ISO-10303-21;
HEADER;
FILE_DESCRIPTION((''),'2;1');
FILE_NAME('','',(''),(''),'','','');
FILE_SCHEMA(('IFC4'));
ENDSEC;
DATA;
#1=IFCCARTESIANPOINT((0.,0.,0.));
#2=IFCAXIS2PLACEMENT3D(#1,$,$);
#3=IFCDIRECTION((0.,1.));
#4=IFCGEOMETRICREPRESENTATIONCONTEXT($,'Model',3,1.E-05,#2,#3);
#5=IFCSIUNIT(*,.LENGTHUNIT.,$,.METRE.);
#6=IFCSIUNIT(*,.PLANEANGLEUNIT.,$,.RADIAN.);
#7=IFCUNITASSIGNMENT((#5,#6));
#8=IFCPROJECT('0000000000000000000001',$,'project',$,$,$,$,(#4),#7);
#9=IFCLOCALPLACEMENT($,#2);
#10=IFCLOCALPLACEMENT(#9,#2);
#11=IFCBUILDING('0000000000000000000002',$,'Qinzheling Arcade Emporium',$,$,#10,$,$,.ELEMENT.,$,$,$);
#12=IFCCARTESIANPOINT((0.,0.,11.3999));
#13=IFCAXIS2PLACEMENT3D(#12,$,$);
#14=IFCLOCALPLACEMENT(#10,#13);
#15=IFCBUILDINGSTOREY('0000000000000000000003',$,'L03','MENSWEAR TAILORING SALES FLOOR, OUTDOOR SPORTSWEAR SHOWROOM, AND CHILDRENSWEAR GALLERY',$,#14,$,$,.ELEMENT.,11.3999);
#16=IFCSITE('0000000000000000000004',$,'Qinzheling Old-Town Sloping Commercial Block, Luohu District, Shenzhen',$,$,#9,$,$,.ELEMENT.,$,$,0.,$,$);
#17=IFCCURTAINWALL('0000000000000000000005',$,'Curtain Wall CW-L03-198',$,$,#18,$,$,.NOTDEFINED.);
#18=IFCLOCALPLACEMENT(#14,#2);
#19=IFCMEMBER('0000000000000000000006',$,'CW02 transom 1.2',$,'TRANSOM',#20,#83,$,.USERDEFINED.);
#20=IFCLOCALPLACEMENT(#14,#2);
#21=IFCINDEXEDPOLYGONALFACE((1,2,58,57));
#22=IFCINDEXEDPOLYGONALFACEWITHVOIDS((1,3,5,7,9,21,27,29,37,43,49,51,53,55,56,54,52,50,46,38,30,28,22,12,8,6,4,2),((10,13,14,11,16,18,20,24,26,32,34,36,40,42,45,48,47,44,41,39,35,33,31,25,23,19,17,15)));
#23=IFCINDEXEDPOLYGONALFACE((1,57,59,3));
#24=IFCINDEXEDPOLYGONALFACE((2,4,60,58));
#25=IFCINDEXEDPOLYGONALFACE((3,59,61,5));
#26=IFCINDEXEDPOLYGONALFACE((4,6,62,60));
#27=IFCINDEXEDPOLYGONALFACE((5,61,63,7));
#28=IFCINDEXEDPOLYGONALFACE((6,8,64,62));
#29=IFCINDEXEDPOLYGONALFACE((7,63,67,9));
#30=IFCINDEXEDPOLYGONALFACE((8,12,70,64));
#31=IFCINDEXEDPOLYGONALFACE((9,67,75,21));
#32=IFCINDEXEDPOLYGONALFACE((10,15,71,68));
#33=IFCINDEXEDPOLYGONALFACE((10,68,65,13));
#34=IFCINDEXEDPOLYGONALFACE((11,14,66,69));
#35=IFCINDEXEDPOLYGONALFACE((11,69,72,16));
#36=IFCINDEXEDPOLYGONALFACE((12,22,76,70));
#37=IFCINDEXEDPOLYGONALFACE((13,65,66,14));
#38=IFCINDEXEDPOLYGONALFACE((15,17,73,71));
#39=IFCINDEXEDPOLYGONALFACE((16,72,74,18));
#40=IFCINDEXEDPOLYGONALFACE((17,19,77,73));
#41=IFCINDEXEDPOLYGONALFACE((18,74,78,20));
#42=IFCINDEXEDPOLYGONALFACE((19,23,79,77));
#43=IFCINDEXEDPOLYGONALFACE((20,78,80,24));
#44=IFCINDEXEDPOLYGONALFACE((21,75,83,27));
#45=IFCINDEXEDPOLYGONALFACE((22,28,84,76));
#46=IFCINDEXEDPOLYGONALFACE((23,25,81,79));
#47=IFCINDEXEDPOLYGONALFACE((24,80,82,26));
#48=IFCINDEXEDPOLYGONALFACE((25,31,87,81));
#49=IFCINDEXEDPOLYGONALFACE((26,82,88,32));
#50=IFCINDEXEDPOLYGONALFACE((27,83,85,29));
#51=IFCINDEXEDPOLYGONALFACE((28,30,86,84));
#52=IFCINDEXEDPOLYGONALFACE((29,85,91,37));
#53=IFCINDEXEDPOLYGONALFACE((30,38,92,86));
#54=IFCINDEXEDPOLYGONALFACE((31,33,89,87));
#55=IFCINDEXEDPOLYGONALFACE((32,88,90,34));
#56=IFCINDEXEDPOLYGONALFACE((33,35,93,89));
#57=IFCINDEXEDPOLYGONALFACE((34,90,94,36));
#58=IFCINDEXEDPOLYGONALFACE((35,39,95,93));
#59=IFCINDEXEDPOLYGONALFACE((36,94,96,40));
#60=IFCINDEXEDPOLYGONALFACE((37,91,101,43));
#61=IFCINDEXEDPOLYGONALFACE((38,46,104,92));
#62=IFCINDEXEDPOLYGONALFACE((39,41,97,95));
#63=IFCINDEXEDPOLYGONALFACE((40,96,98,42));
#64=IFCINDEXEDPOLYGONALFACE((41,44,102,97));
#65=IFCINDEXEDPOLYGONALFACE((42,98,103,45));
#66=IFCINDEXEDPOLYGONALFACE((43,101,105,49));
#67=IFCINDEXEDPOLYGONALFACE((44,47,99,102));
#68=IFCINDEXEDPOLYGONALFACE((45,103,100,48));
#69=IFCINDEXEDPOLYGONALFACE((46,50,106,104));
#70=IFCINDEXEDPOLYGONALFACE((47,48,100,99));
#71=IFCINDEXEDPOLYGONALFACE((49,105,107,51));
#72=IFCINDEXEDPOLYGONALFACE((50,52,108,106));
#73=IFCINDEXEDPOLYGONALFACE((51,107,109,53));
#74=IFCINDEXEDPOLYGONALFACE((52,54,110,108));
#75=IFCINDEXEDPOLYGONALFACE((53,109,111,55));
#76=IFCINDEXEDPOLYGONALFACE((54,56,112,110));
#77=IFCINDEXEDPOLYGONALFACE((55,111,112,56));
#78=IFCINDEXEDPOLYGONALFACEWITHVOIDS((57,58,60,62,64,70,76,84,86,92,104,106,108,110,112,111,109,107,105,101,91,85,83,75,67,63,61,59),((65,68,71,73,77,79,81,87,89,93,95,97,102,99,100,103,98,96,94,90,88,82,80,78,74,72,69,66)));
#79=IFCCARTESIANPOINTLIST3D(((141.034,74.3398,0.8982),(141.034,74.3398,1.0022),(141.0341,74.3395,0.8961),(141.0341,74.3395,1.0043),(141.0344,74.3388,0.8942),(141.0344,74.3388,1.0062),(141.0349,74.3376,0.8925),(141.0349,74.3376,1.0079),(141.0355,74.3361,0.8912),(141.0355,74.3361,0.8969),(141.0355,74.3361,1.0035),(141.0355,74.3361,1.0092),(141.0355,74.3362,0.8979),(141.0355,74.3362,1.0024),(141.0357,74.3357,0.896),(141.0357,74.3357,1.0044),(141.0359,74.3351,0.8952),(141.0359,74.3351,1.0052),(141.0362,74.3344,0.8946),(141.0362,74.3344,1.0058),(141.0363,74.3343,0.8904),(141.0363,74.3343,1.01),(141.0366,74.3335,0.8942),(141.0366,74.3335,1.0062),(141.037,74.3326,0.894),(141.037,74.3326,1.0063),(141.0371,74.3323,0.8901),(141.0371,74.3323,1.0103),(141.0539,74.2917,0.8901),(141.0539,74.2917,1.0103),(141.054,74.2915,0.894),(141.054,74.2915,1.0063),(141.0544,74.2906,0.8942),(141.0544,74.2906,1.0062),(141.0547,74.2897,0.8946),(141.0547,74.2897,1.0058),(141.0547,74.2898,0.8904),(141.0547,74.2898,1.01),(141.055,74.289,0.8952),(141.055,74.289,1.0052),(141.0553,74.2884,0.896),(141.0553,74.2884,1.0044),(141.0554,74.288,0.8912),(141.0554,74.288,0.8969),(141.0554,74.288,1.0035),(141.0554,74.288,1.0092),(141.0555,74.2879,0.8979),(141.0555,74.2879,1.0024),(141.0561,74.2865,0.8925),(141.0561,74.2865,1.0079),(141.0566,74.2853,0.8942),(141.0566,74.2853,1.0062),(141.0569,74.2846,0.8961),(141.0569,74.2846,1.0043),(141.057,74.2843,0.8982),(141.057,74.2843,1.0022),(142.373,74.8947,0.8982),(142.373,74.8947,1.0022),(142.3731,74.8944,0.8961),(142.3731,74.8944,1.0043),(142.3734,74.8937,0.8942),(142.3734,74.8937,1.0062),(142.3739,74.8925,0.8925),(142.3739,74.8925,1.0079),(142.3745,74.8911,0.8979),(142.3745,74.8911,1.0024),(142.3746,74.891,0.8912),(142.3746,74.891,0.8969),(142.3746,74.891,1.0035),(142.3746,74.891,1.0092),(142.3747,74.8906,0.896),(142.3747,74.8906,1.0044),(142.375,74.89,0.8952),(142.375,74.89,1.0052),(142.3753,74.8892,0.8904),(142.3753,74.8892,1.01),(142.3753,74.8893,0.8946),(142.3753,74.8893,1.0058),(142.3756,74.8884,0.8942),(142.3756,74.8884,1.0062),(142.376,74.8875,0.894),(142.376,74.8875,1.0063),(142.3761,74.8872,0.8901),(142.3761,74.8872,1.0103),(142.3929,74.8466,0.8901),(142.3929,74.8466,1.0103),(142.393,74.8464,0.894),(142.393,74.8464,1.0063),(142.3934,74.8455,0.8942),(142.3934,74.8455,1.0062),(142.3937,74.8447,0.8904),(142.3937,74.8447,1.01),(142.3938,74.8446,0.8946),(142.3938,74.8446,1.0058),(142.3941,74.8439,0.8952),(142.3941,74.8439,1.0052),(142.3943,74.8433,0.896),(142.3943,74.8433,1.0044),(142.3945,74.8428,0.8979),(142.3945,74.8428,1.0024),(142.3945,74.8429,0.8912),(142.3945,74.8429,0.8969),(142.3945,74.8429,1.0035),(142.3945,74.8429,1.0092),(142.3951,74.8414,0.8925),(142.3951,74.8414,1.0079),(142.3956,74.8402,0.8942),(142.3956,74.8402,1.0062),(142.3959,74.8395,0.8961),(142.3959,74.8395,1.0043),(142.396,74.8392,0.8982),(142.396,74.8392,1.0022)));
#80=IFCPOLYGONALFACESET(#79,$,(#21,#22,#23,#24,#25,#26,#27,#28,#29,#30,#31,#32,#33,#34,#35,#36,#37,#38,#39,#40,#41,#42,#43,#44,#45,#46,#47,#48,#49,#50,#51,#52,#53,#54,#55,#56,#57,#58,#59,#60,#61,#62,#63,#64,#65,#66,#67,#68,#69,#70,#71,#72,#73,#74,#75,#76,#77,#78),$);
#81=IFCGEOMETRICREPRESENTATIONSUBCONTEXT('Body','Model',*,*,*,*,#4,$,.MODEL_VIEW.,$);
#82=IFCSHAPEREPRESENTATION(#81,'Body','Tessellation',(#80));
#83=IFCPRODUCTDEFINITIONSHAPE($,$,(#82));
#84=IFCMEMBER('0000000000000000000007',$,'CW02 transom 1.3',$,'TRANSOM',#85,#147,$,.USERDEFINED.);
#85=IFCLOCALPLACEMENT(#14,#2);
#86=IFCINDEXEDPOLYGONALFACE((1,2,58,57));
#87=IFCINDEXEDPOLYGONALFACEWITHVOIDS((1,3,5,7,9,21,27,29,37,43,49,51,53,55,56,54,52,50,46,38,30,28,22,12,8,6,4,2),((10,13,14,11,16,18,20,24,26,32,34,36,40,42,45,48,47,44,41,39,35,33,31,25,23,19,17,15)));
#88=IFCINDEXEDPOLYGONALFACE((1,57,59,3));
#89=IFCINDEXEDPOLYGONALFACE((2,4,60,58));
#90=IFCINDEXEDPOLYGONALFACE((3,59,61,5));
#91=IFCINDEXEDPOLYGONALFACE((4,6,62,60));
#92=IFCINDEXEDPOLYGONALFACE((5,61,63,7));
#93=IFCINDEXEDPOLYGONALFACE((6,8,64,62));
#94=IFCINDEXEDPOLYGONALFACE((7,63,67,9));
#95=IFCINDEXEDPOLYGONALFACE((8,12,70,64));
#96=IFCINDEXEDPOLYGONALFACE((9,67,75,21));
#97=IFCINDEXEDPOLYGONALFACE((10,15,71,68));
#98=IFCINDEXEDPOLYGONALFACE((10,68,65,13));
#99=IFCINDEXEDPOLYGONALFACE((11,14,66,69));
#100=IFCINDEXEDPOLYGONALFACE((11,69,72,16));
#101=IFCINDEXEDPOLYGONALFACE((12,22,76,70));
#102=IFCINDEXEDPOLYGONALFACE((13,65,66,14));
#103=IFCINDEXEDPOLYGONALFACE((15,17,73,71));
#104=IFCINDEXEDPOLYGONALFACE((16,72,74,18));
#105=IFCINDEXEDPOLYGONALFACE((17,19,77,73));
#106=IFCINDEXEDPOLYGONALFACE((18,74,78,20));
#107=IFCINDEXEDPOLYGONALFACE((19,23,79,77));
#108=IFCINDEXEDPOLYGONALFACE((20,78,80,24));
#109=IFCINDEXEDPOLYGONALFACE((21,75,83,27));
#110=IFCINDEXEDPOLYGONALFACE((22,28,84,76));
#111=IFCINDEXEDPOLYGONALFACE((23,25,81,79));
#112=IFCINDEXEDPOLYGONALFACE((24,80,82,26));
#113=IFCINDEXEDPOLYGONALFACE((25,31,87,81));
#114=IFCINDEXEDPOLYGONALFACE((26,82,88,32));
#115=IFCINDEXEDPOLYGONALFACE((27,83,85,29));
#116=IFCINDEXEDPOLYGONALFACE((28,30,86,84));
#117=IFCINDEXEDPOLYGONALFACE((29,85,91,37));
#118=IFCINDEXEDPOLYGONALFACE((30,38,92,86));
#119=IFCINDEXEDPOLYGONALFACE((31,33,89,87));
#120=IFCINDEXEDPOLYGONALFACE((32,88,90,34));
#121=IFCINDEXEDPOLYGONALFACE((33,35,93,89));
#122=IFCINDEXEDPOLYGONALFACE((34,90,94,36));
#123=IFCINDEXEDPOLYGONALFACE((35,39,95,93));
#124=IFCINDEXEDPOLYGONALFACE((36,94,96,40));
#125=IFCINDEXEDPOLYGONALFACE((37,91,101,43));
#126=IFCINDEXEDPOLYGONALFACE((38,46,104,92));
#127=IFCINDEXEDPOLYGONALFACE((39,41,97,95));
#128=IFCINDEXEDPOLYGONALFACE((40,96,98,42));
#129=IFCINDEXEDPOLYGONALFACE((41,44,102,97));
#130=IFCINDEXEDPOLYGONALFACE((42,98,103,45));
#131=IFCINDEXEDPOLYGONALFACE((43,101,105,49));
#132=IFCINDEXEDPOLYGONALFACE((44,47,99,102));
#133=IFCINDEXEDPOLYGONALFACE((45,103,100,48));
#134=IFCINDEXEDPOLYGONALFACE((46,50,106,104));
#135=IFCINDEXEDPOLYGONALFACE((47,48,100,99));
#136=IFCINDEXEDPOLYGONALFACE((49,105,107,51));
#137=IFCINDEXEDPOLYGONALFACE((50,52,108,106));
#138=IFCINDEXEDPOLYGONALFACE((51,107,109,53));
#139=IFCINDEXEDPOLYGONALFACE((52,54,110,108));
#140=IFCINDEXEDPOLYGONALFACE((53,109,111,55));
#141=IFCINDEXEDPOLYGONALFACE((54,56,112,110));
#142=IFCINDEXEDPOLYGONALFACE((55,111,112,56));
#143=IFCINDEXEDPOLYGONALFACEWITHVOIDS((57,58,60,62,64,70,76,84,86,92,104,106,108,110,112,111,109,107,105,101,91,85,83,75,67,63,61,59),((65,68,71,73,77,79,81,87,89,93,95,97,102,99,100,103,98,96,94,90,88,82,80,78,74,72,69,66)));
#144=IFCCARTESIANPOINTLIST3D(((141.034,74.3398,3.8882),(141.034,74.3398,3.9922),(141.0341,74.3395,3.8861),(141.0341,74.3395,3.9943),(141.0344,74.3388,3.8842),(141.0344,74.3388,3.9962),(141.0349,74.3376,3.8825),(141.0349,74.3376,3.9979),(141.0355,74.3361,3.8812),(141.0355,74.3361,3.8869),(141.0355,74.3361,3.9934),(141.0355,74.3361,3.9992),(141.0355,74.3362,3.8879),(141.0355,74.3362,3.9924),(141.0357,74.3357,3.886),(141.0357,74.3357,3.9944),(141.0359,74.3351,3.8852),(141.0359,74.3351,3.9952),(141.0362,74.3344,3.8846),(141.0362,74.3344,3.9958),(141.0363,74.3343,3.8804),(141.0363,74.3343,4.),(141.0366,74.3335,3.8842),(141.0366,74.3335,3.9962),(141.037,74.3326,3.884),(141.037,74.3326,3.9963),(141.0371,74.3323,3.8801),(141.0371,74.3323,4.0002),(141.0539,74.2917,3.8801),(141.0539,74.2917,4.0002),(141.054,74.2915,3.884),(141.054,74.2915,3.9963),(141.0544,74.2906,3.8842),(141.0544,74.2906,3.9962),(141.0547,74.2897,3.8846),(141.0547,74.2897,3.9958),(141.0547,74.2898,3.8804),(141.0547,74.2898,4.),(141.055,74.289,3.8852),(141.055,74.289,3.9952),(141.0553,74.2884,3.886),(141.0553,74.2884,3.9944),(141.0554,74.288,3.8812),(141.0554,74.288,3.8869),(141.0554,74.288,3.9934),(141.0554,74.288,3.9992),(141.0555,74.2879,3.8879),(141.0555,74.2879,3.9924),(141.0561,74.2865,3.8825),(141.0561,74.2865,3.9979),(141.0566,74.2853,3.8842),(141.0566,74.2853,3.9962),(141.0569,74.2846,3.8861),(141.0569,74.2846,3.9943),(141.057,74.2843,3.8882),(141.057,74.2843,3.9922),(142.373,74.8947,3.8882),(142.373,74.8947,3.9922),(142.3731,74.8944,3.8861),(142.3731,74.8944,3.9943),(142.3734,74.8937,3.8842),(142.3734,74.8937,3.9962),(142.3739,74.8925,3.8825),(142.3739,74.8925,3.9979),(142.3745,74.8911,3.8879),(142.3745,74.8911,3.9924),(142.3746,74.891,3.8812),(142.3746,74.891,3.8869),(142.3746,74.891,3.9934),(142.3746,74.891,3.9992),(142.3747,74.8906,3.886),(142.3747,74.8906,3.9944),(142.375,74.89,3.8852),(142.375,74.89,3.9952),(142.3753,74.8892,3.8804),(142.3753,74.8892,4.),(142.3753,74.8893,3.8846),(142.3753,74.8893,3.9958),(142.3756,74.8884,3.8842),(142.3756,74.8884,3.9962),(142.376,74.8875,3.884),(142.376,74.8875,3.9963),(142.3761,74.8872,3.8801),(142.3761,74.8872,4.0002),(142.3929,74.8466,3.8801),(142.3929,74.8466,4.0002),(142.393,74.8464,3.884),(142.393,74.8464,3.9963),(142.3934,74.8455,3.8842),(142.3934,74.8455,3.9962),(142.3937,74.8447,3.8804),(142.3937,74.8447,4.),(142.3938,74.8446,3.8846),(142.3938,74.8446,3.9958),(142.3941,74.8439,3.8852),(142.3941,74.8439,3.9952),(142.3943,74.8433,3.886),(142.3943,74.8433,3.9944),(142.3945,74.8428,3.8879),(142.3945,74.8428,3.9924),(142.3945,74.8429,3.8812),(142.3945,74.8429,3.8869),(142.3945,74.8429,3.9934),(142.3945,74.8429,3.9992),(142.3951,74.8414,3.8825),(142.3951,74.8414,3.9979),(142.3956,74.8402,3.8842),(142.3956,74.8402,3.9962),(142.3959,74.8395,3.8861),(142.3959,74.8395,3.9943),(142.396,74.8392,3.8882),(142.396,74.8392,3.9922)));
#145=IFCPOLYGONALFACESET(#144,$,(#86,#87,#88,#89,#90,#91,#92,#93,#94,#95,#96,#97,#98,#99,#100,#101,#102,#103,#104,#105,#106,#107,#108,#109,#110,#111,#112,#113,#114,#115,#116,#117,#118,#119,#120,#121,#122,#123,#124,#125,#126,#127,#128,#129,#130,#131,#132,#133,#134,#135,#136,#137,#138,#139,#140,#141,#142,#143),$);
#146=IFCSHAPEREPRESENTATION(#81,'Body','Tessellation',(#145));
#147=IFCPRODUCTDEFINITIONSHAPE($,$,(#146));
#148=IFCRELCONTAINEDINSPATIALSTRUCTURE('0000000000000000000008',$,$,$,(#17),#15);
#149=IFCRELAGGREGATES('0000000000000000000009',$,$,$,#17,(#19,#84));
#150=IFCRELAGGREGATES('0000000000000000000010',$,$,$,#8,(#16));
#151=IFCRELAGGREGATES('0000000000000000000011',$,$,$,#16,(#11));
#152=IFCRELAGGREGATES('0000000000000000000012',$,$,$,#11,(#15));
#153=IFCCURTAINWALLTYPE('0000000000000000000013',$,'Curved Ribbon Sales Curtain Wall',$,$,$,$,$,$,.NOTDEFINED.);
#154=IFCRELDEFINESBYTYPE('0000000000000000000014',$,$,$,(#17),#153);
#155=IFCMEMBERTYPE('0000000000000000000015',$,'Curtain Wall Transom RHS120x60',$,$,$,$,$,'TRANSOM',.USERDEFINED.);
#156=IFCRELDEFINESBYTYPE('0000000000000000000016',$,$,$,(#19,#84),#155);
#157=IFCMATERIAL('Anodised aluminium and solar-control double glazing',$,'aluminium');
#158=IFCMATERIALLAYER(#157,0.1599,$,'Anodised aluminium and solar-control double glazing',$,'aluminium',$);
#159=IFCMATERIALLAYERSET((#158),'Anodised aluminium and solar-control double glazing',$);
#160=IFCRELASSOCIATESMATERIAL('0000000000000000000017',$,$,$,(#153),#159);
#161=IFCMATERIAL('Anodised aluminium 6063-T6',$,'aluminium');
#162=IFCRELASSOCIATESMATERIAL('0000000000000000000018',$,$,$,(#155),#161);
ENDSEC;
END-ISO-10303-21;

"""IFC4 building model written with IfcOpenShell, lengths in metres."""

from ifc_helpers import new_model, si_unit, direction, frame, origin, origin_2d, place, context, subcontext, project, spatial, hollow_rectangle, extrude, material, layer, layer_set, material_profile, profile_set, type_object, element, aggregate, save


model = new_model("IFC4")

# Units and contexts
model_context = context("Model", 3, precision=1e-05, world=origin(), true_north=direction((0.0, 1.0)))
body_context = subcontext(model_context, "Body", "Model", "MODEL_VIEW")
ifc_project = project(units=[si_unit("LENGTHUNIT", "METRE"), si_unit("PLANEANGLEUNIT", "RADIAN")], contexts=[model_context])

# Site, building, storey
site_placement = place(None, origin())
site = spatial("IfcSite", under=ifc_project, at=site_placement, Name="Qinzheling Old-Town Sloping Commercial Block, Luohu District, Shenzhen", CompositionType="ELEMENT", RefElevation=0.0)
building_placement = place(site_placement, origin())
building = spatial("IfcBuilding", under=site, at=building_placement, Name="Qinzheling Arcade Emporium", CompositionType="ELEMENT")
storey_placement = place(building_placement, frame((0.0, 0.0, 11.3999)))
storey = spatial("IfcBuildingStorey", under=building, at=storey_placement, Name="L03", Description="MENSWEAR TAILORING SALES FLOOR, OUTDOOR SPORTSWEAR SHOWROOM, AND CHILDRENSWEAR GALLERY", CompositionType="ELEMENT", Elevation=11.3999)

# Shared definitions
ifc_material_1 = material(Name="Anodised aluminium and solar-control double glazing", Category="aluminium")
ifc_layer_1 = layer(ifc_material_1, 0.1599, Name="Anodised aluminium and solar-control double glazing", Category="aluminium")
ifc_layer_set_1 = layer_set([ifc_layer_1], Name="Anodised aluminium and solar-control double glazing")
curtain_wall_type = type_object("IfcCurtainWallType", Name="Curved Ribbon Sales Curtain Wall", PredefinedType="NOTDEFINED", material=ifc_layer_set_1)
ifc_material_2 = material(Name="Anodised aluminium 6063-T6", Category="aluminium")

# Curtain wall
curtain_wall_1_placement = place(storey_placement, origin())
curtain_wall_1 = element("IfcCurtainWall", 1, at=curtain_wall_1_placement, inside=storey, type_object=curtain_wall_type, Name="Curtain Wall CW-L03-198", PredefinedType="NOTDEFINED")

# Members
ifc_material_profile_1 = material_profile(ifc_material_2, hollow_rectangle(XDim=0.0601, YDim=0.1201, WallThickness=0.0039, InnerFilletRadius=0.0039, OuterFilletRadius=0.0081, at=origin_2d()), Name="RHS 120x60x4", Category="aluminium")
ifc_profile_set_1 = profile_set([ifc_material_profile_1], Name="Anodised aluminium 6063-T6")
member_type_1 = type_object("IfcMemberType", Name="Curtain Wall Transom RHS120x60", ElementType="TRANSOM", PredefinedType="USERDEFINED", material=ifc_profile_set_1)
member_1_placement = place(storey_placement, frame((142.3845, 74.8669, 0.9502), z_axis=(-0.923818, -0.382833, 0.0), x_axis=(0.382833, -0.923818, 0.0)))
member_1 = element("IfcMember", 2, at=member_1_placement, type_object=member_type_1, Name="CW02 transom 1.2", ObjectType="TRANSOM", PredefinedType="USERDEFINED", context=body_context, shape_type="SweptSolid", body=[
    extrude(hollow_rectangle(XDim=0.0601, YDim=0.1201, WallThickness=0.0039, InnerFilletRadius=0.0039, OuterFilletRadius=0.0081, at=origin_2d()), origin(), (0.0, 0.0, 1.0), 1.4495),
])
member_2_placement = place(storey_placement, frame((142.3845, 74.8669, 3.9402), z_axis=(-0.923818, -0.382833, 0.0), x_axis=(0.382833, -0.923818, 0.0)))
member_2 = element("IfcMember", 3, at=member_2_placement, type_object=member_type_1, Name="CW02 transom 1.3", ObjectType="TRANSOM", PredefinedType="USERDEFINED", context=body_context, shape_type="SweptSolid", body=[
    extrude(hollow_rectangle(XDim=0.0601, YDim=0.1201, WallThickness=0.0039, InnerFilletRadius=0.0039, OuterFilletRadius=0.0081, at=origin_2d()), origin(), (0.0, 0.0, 1.0), 1.4495),
])

aggregate(curtain_wall_1, [member_1, member_2])

save(model, "model.ifc")
